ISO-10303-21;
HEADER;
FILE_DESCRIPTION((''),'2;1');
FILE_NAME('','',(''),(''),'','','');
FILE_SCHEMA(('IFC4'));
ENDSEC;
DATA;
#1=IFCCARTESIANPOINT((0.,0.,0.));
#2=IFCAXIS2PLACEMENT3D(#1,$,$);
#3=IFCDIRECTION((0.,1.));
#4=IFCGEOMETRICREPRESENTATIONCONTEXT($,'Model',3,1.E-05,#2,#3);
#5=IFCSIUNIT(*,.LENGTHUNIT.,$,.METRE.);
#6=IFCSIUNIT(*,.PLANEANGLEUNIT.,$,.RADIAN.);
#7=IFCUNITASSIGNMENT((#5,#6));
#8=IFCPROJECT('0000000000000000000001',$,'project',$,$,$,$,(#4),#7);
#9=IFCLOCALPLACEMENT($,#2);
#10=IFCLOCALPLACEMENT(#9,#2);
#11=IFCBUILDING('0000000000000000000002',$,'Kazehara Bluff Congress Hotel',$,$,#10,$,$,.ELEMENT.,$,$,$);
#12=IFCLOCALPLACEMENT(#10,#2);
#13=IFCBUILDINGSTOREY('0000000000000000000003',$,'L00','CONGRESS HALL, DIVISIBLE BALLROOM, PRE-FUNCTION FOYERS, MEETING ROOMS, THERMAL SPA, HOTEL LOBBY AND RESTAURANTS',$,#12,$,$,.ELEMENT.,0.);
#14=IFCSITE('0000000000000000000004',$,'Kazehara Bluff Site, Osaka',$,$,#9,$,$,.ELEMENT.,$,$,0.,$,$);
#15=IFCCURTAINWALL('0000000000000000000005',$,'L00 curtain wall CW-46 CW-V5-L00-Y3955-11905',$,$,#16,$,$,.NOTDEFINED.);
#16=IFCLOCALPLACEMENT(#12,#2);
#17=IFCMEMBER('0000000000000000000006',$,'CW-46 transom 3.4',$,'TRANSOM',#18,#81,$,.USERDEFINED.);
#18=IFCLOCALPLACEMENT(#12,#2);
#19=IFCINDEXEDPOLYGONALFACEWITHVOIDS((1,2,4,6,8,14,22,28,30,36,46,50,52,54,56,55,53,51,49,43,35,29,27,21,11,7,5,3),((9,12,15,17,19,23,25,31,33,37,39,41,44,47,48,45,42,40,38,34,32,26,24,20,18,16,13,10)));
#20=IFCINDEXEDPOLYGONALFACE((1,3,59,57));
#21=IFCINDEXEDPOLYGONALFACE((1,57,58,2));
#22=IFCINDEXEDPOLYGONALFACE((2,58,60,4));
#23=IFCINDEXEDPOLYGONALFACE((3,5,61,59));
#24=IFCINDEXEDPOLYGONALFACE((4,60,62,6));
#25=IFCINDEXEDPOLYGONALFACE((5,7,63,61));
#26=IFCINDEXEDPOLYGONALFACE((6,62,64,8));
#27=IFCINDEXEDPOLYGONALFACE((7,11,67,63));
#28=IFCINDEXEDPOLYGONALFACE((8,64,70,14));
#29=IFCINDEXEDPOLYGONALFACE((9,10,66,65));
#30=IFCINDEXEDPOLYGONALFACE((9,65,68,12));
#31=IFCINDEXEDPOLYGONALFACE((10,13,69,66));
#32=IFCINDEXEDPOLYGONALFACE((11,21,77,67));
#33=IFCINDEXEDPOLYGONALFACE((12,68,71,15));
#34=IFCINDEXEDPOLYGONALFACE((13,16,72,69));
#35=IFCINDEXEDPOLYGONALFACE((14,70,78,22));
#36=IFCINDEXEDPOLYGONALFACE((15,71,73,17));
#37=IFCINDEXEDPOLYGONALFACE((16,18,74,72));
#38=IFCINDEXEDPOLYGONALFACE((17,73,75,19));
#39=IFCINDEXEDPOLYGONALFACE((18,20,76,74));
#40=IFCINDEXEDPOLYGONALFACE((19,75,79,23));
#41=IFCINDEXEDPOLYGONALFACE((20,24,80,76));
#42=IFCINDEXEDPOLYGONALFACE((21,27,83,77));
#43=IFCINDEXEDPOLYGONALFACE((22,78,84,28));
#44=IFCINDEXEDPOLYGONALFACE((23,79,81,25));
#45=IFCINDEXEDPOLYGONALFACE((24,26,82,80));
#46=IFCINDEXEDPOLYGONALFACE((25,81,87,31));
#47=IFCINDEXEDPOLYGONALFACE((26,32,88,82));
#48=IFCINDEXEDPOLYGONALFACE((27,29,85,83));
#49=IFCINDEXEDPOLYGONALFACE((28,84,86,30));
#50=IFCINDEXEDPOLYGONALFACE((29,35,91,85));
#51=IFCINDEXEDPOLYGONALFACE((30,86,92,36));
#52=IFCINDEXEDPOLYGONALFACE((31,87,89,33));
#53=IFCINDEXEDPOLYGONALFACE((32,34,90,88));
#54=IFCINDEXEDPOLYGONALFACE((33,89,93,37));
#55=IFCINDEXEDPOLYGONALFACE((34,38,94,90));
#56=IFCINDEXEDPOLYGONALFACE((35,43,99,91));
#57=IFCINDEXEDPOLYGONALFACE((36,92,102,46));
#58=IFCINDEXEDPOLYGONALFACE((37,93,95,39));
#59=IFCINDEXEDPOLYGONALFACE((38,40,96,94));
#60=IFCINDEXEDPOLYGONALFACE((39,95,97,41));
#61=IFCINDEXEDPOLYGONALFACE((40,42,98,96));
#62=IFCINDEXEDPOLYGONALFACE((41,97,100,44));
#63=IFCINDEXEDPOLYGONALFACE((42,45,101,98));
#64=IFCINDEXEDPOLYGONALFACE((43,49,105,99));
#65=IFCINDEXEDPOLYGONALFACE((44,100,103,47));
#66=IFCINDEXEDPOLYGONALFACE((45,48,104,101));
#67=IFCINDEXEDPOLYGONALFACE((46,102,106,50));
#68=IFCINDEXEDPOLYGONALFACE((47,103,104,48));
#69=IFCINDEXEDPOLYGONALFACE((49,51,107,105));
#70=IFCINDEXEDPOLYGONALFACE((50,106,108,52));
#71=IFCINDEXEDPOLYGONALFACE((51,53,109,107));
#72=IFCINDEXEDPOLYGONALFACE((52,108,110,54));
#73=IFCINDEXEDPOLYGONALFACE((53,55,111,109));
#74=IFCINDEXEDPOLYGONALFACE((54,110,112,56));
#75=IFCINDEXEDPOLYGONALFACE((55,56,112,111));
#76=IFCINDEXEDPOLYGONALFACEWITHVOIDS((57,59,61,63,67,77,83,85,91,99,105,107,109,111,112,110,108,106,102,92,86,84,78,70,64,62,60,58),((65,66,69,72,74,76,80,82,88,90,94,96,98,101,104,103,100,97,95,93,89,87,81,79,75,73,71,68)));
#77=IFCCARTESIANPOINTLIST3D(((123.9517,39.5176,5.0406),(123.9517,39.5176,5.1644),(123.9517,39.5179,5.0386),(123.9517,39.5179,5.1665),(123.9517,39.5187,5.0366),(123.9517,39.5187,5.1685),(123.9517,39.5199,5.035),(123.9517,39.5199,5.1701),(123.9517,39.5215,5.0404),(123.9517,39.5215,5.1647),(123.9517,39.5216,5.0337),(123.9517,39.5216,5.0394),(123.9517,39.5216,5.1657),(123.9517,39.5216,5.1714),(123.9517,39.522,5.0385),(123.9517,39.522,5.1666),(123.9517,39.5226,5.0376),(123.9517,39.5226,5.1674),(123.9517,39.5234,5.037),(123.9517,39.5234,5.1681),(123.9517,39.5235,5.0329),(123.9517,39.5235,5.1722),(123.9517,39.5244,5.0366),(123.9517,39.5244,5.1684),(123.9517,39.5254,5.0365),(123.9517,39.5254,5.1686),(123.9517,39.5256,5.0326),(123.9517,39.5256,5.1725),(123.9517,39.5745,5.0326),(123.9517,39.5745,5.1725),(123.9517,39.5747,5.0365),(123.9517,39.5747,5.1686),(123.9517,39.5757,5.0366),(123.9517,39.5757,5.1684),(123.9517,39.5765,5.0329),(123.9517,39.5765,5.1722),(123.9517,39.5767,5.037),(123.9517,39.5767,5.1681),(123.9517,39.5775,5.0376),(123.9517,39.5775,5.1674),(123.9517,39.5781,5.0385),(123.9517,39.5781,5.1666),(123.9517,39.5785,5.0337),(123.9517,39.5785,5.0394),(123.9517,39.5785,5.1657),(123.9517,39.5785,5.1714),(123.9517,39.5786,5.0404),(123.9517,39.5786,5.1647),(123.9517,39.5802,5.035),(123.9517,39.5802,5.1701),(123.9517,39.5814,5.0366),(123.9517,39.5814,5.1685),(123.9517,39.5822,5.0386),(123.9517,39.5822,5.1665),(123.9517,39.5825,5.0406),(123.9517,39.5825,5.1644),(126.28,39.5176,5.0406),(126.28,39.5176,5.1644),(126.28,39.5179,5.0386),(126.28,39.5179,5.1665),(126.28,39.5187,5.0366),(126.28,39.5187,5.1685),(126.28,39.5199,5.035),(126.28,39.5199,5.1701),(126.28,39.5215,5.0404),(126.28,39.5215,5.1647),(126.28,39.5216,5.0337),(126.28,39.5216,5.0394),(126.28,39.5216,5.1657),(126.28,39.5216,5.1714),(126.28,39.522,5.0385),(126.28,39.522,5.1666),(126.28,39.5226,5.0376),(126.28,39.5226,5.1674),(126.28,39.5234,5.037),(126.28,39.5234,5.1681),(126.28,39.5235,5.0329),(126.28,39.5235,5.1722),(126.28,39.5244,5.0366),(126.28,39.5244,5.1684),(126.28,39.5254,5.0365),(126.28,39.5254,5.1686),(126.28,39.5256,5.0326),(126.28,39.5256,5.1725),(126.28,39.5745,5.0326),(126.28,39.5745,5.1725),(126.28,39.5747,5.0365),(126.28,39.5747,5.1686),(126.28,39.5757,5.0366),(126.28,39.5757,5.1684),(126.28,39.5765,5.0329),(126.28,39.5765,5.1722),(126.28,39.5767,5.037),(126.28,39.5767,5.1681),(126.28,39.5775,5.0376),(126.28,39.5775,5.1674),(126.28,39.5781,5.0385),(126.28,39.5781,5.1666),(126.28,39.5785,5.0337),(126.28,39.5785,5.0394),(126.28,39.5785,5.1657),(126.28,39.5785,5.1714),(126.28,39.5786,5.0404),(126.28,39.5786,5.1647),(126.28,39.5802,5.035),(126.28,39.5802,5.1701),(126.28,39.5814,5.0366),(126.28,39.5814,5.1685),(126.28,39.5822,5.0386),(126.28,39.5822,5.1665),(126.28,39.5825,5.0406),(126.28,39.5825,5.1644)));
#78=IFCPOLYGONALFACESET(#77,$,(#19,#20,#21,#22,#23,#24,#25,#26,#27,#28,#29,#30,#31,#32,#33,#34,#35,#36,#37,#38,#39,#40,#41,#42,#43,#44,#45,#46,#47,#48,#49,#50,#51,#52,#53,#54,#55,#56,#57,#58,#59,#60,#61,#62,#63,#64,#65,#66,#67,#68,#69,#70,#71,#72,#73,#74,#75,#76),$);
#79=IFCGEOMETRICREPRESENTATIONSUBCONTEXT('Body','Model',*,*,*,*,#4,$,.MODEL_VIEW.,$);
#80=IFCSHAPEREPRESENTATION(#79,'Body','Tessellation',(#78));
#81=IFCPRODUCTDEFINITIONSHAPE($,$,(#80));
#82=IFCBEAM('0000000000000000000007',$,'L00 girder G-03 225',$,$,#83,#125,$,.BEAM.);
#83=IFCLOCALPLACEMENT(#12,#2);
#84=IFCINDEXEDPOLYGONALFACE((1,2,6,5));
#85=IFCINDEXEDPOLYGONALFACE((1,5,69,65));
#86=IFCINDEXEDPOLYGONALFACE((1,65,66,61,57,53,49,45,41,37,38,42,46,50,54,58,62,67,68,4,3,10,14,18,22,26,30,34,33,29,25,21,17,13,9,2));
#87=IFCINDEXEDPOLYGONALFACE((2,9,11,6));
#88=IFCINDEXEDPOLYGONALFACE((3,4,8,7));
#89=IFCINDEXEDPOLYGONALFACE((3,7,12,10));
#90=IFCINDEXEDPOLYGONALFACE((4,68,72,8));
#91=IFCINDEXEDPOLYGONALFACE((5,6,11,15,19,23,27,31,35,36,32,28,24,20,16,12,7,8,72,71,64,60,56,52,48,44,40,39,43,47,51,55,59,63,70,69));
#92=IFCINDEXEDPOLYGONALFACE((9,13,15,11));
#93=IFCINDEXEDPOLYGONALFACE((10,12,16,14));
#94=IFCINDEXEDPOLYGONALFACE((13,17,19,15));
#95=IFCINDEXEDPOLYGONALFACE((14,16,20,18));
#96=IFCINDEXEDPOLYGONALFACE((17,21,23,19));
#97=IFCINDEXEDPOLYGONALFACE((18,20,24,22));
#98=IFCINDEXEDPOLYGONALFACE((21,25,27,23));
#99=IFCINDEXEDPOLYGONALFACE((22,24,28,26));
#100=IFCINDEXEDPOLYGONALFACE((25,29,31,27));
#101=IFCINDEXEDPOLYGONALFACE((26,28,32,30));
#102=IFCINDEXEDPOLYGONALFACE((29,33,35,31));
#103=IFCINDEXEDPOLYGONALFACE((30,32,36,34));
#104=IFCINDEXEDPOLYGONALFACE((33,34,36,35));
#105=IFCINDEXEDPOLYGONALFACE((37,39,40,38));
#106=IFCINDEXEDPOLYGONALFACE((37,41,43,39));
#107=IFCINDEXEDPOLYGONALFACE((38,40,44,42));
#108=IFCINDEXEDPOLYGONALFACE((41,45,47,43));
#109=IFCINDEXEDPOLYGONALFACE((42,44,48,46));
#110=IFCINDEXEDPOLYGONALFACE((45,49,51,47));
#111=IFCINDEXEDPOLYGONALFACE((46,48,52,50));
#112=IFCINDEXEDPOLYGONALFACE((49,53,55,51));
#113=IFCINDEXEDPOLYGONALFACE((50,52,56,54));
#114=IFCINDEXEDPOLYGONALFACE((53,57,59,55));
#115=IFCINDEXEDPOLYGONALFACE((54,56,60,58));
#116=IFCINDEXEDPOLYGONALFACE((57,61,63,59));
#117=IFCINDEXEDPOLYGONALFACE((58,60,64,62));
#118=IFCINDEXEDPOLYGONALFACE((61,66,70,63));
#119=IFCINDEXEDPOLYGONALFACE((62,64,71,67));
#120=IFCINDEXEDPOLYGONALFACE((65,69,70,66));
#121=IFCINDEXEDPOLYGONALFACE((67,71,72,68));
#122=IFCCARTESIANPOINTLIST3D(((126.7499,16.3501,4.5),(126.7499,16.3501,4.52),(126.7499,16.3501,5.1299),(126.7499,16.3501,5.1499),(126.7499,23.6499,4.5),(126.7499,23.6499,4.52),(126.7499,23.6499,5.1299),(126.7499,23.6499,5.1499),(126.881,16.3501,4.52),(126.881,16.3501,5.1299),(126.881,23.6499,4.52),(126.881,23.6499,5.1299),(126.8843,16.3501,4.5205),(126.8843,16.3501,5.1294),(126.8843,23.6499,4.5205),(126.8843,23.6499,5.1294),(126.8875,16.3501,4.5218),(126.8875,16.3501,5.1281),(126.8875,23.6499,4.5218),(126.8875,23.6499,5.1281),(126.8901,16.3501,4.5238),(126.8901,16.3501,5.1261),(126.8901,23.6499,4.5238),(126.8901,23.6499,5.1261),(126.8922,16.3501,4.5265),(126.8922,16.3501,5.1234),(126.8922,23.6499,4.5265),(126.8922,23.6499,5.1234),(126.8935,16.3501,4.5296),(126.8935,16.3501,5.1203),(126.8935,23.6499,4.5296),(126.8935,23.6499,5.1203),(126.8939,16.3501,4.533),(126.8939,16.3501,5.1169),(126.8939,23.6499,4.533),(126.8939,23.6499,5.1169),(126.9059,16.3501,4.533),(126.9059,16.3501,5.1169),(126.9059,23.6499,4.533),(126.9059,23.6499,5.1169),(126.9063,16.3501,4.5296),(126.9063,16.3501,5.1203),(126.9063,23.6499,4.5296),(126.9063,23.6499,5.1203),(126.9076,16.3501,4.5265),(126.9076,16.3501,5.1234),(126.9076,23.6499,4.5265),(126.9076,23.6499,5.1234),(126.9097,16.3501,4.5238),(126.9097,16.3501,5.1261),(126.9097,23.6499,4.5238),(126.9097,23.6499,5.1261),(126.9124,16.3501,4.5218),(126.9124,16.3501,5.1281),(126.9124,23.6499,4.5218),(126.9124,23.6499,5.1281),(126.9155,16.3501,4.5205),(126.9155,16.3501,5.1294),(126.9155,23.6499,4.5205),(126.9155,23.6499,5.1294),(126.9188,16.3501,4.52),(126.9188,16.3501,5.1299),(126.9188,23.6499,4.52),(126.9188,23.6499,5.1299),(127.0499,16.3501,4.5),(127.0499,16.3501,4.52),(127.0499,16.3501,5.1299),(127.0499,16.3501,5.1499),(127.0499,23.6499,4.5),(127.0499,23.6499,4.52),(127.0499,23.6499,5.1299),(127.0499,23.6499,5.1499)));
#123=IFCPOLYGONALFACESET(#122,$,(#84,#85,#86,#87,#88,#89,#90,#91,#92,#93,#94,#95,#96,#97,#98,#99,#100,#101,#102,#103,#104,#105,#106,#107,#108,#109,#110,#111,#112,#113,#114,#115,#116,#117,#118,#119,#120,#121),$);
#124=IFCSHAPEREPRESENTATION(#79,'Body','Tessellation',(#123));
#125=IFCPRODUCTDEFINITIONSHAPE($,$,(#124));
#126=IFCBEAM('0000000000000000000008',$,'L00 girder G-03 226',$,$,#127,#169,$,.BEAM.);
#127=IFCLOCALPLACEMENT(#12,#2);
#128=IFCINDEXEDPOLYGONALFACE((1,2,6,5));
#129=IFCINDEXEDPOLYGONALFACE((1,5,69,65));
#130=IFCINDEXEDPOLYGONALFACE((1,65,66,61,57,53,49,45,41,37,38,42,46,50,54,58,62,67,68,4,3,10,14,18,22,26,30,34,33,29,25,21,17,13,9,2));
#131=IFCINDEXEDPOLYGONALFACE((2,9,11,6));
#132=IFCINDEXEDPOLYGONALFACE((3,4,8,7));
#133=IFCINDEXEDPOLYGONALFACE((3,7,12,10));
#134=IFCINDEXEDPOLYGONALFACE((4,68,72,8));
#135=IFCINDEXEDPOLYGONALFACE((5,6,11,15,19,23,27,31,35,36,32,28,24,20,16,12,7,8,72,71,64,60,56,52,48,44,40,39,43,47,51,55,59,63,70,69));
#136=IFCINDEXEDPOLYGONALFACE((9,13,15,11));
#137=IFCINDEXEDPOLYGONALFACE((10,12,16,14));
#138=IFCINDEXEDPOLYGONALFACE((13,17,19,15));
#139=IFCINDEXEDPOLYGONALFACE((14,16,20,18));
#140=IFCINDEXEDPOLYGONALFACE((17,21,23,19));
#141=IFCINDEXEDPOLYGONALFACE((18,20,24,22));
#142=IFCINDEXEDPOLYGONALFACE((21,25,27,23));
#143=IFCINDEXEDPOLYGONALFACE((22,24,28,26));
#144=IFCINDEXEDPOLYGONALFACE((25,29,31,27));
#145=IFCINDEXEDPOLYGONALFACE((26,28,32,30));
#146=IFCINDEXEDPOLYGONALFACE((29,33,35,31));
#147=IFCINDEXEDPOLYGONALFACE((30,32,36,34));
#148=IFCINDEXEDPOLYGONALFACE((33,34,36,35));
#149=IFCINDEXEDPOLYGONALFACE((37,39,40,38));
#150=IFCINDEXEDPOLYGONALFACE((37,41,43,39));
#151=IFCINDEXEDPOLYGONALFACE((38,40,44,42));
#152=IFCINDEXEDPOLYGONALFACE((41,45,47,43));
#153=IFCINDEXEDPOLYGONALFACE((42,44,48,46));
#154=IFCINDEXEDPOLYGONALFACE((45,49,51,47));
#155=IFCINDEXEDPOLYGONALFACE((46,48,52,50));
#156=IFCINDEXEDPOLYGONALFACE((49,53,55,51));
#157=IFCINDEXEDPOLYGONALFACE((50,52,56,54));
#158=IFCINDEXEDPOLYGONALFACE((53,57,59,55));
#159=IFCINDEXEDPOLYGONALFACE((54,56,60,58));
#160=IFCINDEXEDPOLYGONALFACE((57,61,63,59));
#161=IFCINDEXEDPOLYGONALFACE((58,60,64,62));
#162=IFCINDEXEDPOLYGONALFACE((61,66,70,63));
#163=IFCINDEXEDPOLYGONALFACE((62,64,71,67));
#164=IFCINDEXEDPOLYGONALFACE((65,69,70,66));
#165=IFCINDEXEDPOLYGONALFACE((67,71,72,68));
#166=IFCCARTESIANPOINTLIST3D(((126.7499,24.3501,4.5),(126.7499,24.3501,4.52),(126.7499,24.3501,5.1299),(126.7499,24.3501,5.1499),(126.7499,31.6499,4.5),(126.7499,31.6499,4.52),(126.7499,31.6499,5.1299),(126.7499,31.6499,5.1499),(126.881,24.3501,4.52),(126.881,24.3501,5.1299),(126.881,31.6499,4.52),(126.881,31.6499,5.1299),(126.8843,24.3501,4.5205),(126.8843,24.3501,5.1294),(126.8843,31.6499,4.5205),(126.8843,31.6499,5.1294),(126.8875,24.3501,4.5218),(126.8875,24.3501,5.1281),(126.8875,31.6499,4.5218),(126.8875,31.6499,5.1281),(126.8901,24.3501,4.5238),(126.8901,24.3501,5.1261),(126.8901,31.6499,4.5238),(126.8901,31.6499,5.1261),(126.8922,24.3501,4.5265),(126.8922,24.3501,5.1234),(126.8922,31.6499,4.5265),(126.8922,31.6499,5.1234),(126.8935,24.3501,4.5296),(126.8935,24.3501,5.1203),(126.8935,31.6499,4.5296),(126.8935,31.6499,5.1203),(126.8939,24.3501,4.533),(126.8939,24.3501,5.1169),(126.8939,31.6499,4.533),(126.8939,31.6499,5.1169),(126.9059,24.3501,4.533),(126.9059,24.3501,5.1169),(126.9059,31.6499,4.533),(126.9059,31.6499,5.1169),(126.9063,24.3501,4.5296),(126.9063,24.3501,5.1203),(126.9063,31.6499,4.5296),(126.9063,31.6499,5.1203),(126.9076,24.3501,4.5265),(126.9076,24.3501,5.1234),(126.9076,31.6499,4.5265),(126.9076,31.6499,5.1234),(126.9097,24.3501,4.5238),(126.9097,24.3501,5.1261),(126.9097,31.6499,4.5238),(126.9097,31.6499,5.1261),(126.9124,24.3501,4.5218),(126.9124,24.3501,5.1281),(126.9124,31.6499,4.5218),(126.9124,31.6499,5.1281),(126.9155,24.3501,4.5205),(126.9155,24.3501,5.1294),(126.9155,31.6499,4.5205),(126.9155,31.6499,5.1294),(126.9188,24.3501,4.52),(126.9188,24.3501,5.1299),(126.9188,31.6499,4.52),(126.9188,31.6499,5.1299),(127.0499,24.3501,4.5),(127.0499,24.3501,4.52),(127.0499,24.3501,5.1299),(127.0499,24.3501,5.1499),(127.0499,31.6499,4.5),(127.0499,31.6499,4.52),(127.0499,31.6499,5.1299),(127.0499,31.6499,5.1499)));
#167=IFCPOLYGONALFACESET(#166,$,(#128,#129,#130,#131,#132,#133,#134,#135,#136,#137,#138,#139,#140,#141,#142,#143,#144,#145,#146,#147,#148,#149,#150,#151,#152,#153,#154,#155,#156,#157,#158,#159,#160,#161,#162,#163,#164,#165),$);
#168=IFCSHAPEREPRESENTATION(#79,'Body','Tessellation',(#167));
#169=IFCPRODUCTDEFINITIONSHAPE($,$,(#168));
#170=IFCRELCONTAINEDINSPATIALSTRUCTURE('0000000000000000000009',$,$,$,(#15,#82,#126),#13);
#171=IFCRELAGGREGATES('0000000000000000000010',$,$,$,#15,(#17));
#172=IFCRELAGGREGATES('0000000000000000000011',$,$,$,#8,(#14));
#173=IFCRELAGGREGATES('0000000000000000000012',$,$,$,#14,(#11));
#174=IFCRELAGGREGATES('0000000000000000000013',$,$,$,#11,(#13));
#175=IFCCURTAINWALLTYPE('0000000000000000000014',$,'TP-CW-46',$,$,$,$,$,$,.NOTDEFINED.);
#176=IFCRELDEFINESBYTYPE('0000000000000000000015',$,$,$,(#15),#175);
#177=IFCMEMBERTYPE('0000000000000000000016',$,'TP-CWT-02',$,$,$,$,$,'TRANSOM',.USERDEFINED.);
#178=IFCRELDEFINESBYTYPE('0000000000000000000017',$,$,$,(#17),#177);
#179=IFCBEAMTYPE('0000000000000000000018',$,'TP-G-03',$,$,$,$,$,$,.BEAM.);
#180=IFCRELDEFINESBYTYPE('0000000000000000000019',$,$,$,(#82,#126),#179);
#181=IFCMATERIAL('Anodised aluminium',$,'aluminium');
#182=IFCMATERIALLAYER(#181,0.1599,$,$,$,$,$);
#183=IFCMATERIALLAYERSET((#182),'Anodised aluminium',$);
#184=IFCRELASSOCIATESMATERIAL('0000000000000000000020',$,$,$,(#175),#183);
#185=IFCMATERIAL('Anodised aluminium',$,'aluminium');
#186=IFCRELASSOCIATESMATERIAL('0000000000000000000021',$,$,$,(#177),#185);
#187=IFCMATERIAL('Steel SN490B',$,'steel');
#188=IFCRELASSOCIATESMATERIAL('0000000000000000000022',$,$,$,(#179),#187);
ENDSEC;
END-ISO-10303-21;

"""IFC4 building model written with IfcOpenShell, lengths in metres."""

from ifc_helpers import new_model, si_unit, direction, frame, origin, origin_2d, place, context, subcontext, project, spatial, hollow_rectangle, i_section, extrude, material, layer, layer_set, material_profile, profile_set, type_object, element, aggregate, save


model = new_model("IFC4")

# Units and contexts
model_context = context("Model", 3, precision=1e-05, world=origin(), true_north=direction((0.0, 1.0)))
body_context = subcontext(model_context, "Body", "Model", "MODEL_VIEW")
ifc_project = project(units=[si_unit("LENGTHUNIT", "METRE"), si_unit("PLANEANGLEUNIT", "RADIAN")], contexts=[model_context])

# Site, building, storey
site_placement = place(None, origin())
site = spatial("IfcSite", under=ifc_project, at=site_placement, Name="Kazehara Bluff Site, Osaka", CompositionType="ELEMENT", RefElevation=0.0)
building_placement = place(site_placement, origin())
building = spatial("IfcBuilding", under=site, at=building_placement, Name="Kazehara Bluff Congress Hotel", CompositionType="ELEMENT")
storey_placement = place(building_placement, origin())
storey = spatial("IfcBuildingStorey", under=building, at=storey_placement, Name="L00", Description="CONGRESS HALL, DIVISIBLE BALLROOM, PRE-FUNCTION FOYERS, MEETING ROOMS, THERMAL SPA, HOTEL LOBBY AND RESTAURANTS", CompositionType="ELEMENT", Elevation=0.0)

# Curtain wall, member
ifc_material_1 = material(Name="Anodised aluminium", Category="aluminium")
ifc_layer_1 = layer(ifc_material_1, 0.1599)
ifc_layer_set_1 = layer_set([ifc_layer_1], Name="Anodised aluminium")
curtain_wall_type = type_object("IfcCurtainWallType", Name="TP-CW-46", PredefinedType="NOTDEFINED", material=ifc_layer_set_1)
curtain_wall_placement = place(storey_placement, origin())
curtain_wall = element("IfcCurtainWall", 1, at=curtain_wall_placement, inside=storey, type_object=curtain_wall_type, Name="L00 curtain wall CW-46 CW-V5-L00-Y3955-11905", PredefinedType="NOTDEFINED")
ifc_material_2 = material(Name="Anodised aluminium", Category="aluminium")
ifc_material_profile_1 = material_profile(ifc_material_2, hollow_rectangle(XDim=0.0649, YDim=0.1399, WallThickness=0.0039, InnerFilletRadius=0.0039, OuterFilletRadius=0.0081, at=origin_2d()))
ifc_profile_set_1 = profile_set([ifc_material_profile_1], Name="Anodised aluminium")
member_type_1 = type_object("IfcMemberType", Name="TP-CWT-02", ElementType="TRANSOM", PredefinedType="USERDEFINED", material=ifc_profile_set_1)
member_1_placement = place(storey_placement, frame((123.9517, 39.55, 5.1025), z_axis=(1.0, 0.0, 0.0), x_axis=(0.0, 1.0, 0.0)))
member_1 = element("IfcMember", 2, at=member_1_placement, type_object=member_type_1, Name="CW-46 transom 3.4", ObjectType="TRANSOM", PredefinedType="USERDEFINED", context=body_context, shape_type="SweptSolid", body=[
    extrude(hollow_rectangle(XDim=0.0649, YDim=0.1399, WallThickness=0.0039, InnerFilletRadius=0.0039, OuterFilletRadius=0.0081, at=origin_2d()), origin(), (0.0, 0.0, 1.0), 2.3284),
])

# Beams
ifc_material_3 = material(Name="Steel SN490B", Category="steel")
ifc_material_profile_2 = material_profile(ifc_material_3, i_section(OverallWidth=0.3, OverallDepth=0.6499, WebThickness=0.012, FlangeThickness=0.02, FilletRadius=0.0129, at=origin_2d()))
ifc_profile_set_2 = profile_set([ifc_material_profile_2], Name="Steel SN490B")
beam_type_1 = type_object("IfcBeamType", Name="TP-G-03", PredefinedType="BEAM", material=ifc_profile_set_2)
for number, where, z_axis, x_axis, name in (
    (3, (126.8999, 16.3501, 4.825), (0.0, 1.0, 0.0), (-1.0, 0.0, 0.0), "L00 girder G-03 225"),
    (4, (126.8999, 24.3501, 4.825), (0.0, 1.0, 0.0), (-1.0, 0.0, 0.0), "L00 girder G-03 226"),
):
    element("IfcBeam", number, at=place(storey_placement, frame(where, z_axis=z_axis, x_axis=x_axis)), inside=storey, type_object=beam_type_1, Name=name, PredefinedType="BEAM", context=body_context, shape_type="SweptSolid", body=[
        extrude(i_section(OverallWidth=0.3, OverallDepth=0.6499, WebThickness=0.012, FlangeThickness=0.02, FilletRadius=0.0129, at=origin_2d()), origin(), (0.0, 0.0, 1.0), 7.2998),
    ])

aggregate(curtain_wall, [member_1])

save(model, "model.ifc")
